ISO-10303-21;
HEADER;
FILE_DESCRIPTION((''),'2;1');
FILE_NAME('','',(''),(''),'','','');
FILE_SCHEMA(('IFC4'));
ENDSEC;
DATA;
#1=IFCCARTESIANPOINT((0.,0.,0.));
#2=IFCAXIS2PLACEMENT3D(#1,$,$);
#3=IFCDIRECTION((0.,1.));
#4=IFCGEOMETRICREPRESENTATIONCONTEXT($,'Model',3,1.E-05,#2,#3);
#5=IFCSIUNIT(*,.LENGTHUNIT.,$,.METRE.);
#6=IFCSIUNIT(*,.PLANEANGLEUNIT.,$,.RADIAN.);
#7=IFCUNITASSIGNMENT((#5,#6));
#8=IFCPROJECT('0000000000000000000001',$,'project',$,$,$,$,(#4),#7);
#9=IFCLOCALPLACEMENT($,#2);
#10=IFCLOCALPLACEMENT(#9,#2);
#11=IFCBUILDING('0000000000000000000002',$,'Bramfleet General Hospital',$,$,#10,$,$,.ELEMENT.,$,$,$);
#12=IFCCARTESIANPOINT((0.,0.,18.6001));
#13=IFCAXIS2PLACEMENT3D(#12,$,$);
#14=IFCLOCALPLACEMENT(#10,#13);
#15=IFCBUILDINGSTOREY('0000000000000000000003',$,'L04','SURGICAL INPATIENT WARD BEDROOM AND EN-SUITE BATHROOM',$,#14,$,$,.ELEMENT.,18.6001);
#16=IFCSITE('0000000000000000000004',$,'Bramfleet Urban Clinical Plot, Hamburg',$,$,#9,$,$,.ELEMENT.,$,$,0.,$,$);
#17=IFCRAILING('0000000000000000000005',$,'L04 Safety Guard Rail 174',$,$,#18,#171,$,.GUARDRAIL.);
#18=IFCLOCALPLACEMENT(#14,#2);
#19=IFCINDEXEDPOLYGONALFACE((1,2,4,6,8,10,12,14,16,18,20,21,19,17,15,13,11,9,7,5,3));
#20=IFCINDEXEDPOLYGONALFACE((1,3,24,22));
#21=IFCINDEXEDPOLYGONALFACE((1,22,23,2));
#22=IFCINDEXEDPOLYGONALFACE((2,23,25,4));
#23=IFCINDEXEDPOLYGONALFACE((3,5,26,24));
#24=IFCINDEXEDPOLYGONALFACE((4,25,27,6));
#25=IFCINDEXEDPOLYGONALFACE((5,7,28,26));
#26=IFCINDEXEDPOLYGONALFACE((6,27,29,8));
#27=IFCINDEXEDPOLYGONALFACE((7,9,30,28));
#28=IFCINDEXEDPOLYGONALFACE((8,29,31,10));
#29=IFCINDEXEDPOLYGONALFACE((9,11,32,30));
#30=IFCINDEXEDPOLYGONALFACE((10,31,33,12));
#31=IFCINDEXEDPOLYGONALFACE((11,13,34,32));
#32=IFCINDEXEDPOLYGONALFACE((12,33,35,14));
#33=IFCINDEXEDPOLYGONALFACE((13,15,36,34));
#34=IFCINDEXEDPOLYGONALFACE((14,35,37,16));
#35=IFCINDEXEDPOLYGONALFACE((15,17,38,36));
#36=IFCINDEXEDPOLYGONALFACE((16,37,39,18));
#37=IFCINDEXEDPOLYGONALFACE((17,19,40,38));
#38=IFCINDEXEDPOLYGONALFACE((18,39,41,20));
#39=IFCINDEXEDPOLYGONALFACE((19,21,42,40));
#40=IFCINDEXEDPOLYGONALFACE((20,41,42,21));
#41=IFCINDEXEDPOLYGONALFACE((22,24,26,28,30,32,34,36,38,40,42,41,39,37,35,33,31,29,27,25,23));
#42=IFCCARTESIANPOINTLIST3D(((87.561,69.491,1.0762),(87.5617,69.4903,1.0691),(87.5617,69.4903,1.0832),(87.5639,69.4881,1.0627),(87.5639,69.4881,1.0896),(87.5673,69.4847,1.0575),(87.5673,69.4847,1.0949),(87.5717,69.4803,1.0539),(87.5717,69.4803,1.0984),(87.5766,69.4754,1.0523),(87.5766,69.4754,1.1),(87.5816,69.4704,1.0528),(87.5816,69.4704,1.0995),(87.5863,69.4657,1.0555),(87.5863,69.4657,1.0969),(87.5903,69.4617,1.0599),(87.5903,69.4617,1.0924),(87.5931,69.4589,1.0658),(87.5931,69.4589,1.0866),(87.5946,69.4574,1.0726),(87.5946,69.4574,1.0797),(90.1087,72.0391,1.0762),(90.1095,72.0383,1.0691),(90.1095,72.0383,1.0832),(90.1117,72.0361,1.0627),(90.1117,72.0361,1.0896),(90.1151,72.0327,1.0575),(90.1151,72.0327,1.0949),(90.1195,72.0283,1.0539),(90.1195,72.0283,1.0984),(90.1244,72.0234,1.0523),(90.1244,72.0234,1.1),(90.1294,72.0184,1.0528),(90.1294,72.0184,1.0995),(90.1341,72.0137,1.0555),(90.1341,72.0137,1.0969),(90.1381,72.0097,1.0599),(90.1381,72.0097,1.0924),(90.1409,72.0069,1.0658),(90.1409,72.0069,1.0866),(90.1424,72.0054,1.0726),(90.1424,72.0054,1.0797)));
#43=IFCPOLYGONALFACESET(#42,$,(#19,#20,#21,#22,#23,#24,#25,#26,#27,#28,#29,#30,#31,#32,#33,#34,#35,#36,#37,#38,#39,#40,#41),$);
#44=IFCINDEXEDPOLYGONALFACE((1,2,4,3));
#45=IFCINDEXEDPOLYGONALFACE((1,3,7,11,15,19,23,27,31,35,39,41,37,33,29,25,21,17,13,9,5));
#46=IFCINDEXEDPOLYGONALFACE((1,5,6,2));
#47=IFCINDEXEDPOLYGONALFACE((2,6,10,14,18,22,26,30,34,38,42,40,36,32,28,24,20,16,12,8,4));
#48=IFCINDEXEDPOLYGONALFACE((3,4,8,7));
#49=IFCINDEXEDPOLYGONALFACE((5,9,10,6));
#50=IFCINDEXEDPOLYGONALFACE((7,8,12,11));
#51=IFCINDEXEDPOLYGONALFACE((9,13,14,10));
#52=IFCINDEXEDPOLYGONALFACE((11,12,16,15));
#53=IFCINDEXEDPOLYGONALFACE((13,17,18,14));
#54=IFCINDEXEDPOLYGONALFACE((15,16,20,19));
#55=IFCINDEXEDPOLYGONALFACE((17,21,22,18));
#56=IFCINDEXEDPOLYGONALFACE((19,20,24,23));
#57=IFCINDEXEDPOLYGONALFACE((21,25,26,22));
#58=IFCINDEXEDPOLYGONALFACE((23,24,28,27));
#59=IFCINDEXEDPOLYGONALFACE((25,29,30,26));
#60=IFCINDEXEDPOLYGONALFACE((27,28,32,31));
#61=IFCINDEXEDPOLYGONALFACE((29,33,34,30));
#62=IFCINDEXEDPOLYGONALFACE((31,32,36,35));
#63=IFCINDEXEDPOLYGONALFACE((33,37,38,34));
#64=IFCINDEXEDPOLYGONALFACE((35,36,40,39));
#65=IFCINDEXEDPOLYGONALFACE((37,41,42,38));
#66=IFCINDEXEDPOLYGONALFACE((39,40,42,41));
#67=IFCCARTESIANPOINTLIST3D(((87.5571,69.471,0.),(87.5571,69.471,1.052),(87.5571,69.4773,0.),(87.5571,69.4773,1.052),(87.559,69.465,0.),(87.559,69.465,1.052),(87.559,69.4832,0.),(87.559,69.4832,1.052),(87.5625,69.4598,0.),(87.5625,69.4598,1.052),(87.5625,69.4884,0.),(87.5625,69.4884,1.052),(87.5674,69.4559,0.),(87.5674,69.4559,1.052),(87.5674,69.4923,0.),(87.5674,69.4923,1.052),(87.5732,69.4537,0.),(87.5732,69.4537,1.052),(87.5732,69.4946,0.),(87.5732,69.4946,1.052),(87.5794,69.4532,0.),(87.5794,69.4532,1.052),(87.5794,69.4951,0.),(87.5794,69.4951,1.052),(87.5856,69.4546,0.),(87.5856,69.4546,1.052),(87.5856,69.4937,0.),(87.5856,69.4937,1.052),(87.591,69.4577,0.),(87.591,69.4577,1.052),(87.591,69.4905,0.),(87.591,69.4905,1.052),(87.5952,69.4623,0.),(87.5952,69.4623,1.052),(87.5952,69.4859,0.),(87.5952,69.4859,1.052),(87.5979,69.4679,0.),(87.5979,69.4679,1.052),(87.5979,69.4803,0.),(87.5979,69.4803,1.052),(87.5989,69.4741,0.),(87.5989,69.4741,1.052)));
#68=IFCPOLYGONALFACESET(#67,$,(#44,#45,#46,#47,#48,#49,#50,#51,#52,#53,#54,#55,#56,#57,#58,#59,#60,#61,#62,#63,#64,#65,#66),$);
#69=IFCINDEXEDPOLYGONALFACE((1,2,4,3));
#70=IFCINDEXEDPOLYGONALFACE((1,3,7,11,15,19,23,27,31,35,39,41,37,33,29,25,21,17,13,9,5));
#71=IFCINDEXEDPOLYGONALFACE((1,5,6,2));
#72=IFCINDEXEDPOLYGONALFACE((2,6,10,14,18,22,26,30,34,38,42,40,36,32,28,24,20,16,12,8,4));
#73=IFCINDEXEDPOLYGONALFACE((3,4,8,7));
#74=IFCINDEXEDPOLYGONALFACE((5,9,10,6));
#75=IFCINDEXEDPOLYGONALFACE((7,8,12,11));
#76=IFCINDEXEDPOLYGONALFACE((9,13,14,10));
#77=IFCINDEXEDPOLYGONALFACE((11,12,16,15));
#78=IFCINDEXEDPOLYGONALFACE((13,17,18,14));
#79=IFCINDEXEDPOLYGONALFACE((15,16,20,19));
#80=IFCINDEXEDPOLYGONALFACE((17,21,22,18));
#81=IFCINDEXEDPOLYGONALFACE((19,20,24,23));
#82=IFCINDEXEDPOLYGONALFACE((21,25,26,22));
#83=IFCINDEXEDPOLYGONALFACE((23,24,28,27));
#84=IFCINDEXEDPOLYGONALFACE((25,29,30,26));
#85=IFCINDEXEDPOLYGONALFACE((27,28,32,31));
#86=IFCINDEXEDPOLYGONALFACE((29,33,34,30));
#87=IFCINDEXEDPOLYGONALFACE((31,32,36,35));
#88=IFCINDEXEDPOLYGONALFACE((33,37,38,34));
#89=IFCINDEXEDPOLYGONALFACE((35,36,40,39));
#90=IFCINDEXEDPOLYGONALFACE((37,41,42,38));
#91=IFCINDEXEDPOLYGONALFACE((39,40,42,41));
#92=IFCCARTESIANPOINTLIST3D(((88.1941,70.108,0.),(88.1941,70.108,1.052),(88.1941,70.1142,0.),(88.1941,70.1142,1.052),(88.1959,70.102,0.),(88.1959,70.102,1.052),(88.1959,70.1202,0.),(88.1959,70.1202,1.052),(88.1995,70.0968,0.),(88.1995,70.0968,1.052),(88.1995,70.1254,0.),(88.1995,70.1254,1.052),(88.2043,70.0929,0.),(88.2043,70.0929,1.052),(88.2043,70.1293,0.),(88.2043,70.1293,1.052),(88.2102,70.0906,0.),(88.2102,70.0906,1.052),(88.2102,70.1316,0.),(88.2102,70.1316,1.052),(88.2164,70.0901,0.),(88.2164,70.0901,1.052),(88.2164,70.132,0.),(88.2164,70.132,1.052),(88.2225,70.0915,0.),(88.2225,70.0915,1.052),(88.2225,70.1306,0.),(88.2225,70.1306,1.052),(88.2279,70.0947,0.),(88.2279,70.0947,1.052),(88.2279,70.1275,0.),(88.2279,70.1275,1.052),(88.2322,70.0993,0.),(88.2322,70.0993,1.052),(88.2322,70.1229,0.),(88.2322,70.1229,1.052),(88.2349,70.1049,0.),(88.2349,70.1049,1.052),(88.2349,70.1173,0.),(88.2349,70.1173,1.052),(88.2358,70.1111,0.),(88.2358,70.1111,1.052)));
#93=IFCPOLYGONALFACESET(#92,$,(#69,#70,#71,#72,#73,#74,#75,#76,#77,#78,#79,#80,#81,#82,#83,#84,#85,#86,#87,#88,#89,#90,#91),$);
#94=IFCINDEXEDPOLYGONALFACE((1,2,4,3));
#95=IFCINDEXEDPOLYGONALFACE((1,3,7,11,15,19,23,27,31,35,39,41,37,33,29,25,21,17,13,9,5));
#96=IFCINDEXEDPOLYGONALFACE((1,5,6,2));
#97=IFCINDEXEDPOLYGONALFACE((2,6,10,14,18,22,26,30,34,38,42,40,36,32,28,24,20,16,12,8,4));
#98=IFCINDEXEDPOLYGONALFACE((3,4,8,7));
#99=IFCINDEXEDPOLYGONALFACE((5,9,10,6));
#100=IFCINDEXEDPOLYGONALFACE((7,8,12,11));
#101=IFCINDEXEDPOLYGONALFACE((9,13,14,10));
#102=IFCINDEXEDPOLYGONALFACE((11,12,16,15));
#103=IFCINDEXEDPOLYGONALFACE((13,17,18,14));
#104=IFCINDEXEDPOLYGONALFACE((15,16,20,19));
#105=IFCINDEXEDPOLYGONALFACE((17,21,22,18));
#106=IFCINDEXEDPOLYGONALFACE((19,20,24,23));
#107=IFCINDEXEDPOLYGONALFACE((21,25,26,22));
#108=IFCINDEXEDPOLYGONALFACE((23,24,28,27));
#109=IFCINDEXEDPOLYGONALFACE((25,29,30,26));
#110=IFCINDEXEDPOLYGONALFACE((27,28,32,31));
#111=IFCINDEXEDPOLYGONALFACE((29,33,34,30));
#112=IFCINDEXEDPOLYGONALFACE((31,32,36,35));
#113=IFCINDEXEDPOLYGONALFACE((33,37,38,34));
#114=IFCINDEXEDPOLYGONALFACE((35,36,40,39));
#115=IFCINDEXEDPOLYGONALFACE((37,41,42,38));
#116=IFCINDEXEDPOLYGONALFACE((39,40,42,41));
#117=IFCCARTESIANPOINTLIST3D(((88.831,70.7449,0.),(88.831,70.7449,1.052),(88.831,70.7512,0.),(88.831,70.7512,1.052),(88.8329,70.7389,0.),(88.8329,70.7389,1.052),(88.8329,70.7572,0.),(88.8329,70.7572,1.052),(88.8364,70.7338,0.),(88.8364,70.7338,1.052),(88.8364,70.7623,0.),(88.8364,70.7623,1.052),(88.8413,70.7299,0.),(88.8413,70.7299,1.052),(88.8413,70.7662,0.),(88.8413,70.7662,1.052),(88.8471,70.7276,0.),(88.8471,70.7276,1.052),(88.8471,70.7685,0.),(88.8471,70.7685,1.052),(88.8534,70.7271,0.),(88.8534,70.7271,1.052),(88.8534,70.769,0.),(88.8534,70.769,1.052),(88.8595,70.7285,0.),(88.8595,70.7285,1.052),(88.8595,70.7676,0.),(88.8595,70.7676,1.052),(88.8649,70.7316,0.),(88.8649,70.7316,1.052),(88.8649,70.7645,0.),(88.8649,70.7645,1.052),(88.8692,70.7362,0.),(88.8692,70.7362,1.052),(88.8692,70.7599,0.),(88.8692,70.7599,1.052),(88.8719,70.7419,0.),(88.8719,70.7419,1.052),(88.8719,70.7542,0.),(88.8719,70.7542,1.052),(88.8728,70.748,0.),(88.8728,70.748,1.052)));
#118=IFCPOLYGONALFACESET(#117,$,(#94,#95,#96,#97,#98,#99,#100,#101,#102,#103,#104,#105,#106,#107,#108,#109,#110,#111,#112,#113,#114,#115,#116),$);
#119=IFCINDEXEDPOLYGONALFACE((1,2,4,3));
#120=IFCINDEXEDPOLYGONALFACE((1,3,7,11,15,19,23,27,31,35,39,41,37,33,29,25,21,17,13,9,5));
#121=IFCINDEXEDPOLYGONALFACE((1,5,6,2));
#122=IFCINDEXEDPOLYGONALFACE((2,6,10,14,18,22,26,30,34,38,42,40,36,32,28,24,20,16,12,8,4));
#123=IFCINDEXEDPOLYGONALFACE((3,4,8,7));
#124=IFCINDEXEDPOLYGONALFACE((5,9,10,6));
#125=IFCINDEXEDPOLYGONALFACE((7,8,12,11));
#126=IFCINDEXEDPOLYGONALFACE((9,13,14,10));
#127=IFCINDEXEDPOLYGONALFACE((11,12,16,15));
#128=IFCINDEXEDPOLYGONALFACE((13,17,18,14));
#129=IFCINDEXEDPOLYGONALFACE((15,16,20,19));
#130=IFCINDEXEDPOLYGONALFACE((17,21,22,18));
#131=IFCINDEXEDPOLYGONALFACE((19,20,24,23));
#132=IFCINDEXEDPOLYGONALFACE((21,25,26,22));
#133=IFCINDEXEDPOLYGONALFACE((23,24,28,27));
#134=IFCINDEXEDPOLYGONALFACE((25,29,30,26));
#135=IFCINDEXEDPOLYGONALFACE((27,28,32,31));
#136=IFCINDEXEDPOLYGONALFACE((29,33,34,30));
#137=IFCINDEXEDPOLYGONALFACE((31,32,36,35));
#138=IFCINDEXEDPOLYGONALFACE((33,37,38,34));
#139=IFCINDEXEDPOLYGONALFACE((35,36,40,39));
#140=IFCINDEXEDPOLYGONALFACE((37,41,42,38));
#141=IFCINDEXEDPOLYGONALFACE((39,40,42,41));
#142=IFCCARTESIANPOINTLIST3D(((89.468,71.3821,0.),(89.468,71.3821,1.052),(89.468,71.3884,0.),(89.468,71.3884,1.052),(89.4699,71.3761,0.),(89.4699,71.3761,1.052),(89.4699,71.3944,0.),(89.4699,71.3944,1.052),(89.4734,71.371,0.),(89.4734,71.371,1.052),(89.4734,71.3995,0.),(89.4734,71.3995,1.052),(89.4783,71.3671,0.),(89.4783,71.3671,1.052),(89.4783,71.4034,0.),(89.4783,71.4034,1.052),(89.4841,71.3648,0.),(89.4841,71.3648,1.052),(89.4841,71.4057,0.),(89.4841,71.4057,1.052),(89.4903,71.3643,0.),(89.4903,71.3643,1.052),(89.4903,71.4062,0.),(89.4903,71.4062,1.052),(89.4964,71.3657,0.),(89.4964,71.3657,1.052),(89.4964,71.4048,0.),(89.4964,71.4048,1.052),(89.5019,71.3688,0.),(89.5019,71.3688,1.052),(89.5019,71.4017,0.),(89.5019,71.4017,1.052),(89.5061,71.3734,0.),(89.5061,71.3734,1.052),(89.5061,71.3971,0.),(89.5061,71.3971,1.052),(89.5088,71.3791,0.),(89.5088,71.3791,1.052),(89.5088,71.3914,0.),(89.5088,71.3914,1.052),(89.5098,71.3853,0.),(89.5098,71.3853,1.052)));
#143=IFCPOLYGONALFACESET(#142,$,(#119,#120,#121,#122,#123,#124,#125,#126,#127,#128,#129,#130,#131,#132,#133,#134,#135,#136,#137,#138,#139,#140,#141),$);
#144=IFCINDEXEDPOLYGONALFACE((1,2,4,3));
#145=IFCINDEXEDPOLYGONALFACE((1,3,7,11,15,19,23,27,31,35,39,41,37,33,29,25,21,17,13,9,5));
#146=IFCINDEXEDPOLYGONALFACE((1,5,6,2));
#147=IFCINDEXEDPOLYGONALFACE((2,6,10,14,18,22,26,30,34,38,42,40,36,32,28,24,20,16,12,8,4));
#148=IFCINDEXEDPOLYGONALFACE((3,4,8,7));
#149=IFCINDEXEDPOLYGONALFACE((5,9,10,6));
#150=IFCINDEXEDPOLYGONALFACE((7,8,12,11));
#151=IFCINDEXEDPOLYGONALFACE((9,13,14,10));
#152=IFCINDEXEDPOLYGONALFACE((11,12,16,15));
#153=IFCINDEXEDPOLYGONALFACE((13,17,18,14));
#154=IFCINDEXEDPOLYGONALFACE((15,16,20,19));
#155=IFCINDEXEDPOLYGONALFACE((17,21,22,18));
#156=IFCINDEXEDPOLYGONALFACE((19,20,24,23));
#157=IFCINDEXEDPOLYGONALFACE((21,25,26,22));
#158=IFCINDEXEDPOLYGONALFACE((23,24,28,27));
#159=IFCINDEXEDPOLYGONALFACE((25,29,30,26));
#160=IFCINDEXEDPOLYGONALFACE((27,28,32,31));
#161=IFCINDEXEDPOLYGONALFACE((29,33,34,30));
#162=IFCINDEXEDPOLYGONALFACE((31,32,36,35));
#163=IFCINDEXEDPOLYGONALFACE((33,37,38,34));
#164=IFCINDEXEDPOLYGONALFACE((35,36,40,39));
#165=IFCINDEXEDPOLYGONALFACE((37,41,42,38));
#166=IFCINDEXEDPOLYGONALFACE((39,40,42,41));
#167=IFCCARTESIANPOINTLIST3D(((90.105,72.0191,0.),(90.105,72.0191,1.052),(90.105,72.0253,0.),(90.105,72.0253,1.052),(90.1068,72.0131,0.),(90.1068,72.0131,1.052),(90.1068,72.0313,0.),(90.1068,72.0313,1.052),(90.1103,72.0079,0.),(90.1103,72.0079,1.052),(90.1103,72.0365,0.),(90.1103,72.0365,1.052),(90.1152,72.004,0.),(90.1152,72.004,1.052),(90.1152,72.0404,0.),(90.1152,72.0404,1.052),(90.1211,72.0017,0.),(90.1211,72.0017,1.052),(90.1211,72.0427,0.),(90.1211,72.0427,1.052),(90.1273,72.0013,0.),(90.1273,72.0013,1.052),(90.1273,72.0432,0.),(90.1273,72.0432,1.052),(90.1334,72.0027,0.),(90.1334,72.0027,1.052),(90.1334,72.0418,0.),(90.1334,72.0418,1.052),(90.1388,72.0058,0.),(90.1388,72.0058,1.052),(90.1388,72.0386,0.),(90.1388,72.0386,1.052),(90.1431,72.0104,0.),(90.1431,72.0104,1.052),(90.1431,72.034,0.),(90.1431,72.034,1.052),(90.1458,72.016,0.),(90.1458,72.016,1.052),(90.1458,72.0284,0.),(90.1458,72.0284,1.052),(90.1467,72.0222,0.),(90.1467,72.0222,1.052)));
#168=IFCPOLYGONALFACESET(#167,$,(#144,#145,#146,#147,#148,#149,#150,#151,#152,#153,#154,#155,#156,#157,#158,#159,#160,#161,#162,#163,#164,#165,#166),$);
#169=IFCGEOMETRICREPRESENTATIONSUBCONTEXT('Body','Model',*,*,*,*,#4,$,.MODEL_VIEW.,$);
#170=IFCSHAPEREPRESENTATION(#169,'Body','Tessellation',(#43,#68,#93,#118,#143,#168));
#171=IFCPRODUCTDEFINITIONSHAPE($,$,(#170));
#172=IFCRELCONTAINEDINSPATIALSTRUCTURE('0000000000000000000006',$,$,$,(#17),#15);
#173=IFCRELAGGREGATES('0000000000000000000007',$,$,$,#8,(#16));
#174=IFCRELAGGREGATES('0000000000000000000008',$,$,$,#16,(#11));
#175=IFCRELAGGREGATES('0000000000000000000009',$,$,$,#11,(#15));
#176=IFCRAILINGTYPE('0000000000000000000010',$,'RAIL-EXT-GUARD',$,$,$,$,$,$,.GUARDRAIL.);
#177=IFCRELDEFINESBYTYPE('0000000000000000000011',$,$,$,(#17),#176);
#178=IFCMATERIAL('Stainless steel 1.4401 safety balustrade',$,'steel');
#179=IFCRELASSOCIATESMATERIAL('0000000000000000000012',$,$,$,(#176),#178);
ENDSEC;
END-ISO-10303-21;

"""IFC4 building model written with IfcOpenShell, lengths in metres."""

from ifc_helpers import new_model, si_unit, direction, frame, origin, origin_2d, place, context, subcontext, project, spatial, circle, extrude, material, type_object, element, save


model = new_model("IFC4")

# Units and contexts
model_context = context("Model", 3, precision=1e-05, world=origin(), true_north=direction((0.0, 1.0)))
body_context = subcontext(model_context, "Body", "Model", "MODEL_VIEW")
ifc_project = project(units=[si_unit("LENGTHUNIT", "METRE"), si_unit("PLANEANGLEUNIT", "RADIAN")], contexts=[model_context])

# Site, building, storey
site_placement = place(None, origin())
site = spatial("IfcSite", under=ifc_project, at=site_placement, Name="Bramfleet Urban Clinical Plot, Hamburg", CompositionType="ELEMENT", RefElevation=0.0)
building_placement = place(site_placement, origin())
building = spatial("IfcBuilding", under=site, at=building_placement, Name="Bramfleet General Hospital", CompositionType="ELEMENT")
storey_placement = place(building_placement, frame((0.0, 0.0, 18.6001)))
storey = spatial("IfcBuildingStorey", under=building, at=storey_placement, Name="L04", Description="SURGICAL INPATIENT WARD BEDROOM AND EN-SUITE BATHROOM", CompositionType="ELEMENT", Elevation=18.6001)

# Railing
ifc_material_1 = material(Name="Stainless steel 1.4401 safety balustrade", Category="steel")
railing_type = type_object("IfcRailingType", Name="RAIL-EXT-GUARD", PredefinedType="GUARDRAIL", material=ifc_material_1)
railing_1_placement = place(storey_placement, frame((87.5779, 69.4741, 0.0)))
element("IfcRailing", 1, at=railing_1_placement, inside=storey, type_object=railing_type, Name="L04 Safety Guard Rail 174", PredefinedType="GUARDRAIL", context=body_context, shape_type="SweptSolid", body=[
    extrude(circle(Radius=0.0239, at=origin_2d()), frame((0.0, 0.0, 1.0762), z_axis=(0.707073, 0.707141, 0.0), x_axis=(-0.707141, 0.707073, 0.0)), (0.0, 0.0, 1.0), 3.6033),
    extrude(circle(Radius=0.021, at=origin_2d()), origin(), (0.0, 0.0, 1.0), 1.052),
    extrude(circle(Radius=0.021, at=origin_2d()), frame((0.637, 0.637, 0.0)), (0.0, 0.0, 1.0), 1.052),
    extrude(circle(Radius=0.021, at=origin_2d()), frame((1.2739, 1.2739, 0.0)), (0.0, 0.0, 1.0), 1.052),
    extrude(circle(Radius=0.021, at=origin_2d()), frame((1.9109, 1.9111, 0.0)), (0.0, 0.0, 1.0), 1.052),
    extrude(circle(Radius=0.021, at=origin_2d()), frame((2.5479, 2.5481, 0.0)), (0.0, 0.0, 1.0), 1.052),
])

save(model, "model.ifc")
